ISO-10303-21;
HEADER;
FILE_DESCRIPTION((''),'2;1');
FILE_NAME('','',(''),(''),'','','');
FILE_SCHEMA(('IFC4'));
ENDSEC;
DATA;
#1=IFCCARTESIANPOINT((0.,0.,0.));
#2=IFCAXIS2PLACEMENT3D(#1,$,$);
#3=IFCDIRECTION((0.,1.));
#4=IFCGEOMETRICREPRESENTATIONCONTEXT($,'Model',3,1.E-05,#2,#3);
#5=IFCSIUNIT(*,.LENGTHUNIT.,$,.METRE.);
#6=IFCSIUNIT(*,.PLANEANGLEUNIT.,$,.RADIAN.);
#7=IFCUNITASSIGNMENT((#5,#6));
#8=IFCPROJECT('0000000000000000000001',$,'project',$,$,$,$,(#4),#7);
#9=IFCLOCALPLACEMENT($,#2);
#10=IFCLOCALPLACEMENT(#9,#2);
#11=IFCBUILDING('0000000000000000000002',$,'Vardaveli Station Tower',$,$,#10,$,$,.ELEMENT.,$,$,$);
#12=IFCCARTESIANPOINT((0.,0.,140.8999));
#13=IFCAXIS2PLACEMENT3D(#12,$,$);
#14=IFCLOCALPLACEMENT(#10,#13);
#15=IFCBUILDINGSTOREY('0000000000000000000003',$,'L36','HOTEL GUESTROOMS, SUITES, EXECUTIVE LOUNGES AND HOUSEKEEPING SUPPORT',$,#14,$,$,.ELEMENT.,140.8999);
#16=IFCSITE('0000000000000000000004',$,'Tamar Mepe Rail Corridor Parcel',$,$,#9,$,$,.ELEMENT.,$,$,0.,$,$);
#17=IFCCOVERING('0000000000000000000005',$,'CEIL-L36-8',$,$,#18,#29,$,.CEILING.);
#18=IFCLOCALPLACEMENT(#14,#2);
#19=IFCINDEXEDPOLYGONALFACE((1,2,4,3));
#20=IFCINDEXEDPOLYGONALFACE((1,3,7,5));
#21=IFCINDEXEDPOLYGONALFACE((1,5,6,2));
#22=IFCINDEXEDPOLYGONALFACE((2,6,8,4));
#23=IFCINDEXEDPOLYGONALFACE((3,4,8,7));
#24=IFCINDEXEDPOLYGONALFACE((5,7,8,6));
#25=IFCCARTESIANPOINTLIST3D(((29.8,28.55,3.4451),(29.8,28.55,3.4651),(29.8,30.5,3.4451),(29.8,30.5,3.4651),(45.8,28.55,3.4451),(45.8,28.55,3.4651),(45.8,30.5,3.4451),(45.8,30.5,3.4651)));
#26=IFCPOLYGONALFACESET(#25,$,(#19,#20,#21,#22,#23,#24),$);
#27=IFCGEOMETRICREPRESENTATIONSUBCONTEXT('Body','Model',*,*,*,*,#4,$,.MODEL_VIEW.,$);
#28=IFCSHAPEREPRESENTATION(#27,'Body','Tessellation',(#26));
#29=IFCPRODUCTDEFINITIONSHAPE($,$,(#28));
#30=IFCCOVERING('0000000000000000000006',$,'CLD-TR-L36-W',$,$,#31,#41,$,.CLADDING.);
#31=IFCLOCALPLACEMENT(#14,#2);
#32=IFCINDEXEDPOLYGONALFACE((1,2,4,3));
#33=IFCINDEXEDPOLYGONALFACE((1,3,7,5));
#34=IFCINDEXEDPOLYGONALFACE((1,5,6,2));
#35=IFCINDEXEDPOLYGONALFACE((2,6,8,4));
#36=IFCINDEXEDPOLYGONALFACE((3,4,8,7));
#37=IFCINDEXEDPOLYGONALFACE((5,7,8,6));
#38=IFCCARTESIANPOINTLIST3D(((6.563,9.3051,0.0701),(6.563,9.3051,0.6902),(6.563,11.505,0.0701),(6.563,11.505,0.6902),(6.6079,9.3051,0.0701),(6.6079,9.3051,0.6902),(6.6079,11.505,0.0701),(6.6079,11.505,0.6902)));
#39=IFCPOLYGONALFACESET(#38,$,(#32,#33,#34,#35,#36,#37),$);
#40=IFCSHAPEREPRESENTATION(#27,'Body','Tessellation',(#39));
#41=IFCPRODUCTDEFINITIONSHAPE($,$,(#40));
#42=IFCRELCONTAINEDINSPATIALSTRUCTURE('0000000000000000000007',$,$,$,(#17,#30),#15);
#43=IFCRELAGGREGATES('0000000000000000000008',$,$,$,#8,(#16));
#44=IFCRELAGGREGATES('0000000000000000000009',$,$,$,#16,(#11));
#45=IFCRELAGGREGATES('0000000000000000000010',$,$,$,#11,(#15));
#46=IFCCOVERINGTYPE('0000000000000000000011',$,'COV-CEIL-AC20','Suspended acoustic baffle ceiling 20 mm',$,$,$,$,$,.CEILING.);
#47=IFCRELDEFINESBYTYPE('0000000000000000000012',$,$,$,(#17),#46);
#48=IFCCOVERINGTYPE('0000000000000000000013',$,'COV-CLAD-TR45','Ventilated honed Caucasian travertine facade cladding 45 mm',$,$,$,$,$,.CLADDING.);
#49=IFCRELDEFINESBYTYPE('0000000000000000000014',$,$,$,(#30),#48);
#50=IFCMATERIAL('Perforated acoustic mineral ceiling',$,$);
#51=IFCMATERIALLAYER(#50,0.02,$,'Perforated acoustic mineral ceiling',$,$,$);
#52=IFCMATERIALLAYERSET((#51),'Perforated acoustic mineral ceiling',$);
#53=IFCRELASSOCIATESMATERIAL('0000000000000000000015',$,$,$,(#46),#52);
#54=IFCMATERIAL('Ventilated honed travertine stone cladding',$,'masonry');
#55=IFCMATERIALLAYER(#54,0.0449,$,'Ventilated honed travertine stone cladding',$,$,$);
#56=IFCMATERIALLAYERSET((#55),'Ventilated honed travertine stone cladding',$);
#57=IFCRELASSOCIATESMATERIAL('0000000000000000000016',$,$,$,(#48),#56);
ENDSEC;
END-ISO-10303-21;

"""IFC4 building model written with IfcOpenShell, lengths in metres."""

from ifc_helpers import new_model, si_unit, direction, frame, origin, origin_2d, place, context, subcontext, project, spatial, polyline, rectangle, outline, extrude, source, transform, mapped, material, layer, layer_set, type_object, element, save


model = new_model("IFC4")

# Units and contexts
model_context = context("Model", 3, precision=1e-05, world=origin(), true_north=direction((0.0, 1.0)))
body_context = subcontext(model_context, "Body", "Model", "MODEL_VIEW")
ifc_project = project(units=[si_unit("LENGTHUNIT", "METRE"), si_unit("PLANEANGLEUNIT", "RADIAN")], contexts=[model_context])

# Site, building, storey
site_placement = place(None, origin())
site = spatial("IfcSite", under=ifc_project, at=site_placement, Name="Tamar Mepe Rail Corridor Parcel", CompositionType="ELEMENT", RefElevation=0.0)
building_placement = place(site_placement, origin())
building = spatial("IfcBuilding", under=site, at=building_placement, Name="Vardaveli Station Tower", CompositionType="ELEMENT")
storey_placement = place(building_placement, frame((0.0, 0.0, 140.8999)))
storey = spatial("IfcBuildingStorey", under=building, at=storey_placement, Name="L36", Description="HOTEL GUESTROOMS, SUITES, EXECUTIVE LOUNGES AND HOUSEKEEPING SUPPORT", CompositionType="ELEMENT", Elevation=140.8999)

# Coverings
ifc_material_1 = material(Name="Perforated acoustic mineral ceiling")
ifc_layer_1 = layer(ifc_material_1, 0.02, Name="Perforated acoustic mineral ceiling")
ifc_layer_set_1 = layer_set([ifc_layer_1], Name="Perforated acoustic mineral ceiling")
covering_type_1 = type_object("IfcCoveringType", Name="COV-CEIL-AC20", Description="Suspended acoustic baffle ceiling 20 mm", PredefinedType="CEILING", material=ifc_layer_set_1)
covering_1_placement = place(storey_placement, frame((0.0, 0.0, 3.4451)))
element("IfcCovering", 1, at=covering_1_placement, inside=storey, type_object=covering_type_1, Name="CEIL-L36-8", PredefinedType="CEILING", context=body_context, shape_type="SweptSolid", body=[
    extrude(outline(polyline([(29.8, 28.55), (45.8, 28.55), (45.8, 30.5), (29.8, 30.5), (29.8, 28.55)])), origin(), (0.0, 0.0, 1.0), 0.02),
])
ifc_material_2 = material(Name="Ventilated honed travertine stone cladding", Category="masonry")
ifc_layer_2 = layer(ifc_material_2, 0.0449, Name="Ventilated honed travertine stone cladding")
ifc_layer_set_2 = layer_set([ifc_layer_2], Name="Ventilated honed travertine stone cladding")
covering_type_2 = type_object("IfcCoveringType", Name="COV-CLAD-TR45", Description="Ventilated honed Caucasian travertine facade cladding 45 mm", PredefinedType="CLADDING", material=ifc_layer_set_2)
shared_shape_1 = source(origin(), body_context, "Body", "SweptSolid", [
    extrude(rectangle(XDim=2.2, YDim=0.0449, at=origin_2d()), origin(), (0.0, 0.0, 1.0), 0.6201),
])
covering_2_placement = place(storey_placement, frame((6.5854, 10.405, 0.0701), z_axis=(0.0, 0.0, 1.0), x_axis=(0.0, 1.0, 0.0)))
element("IfcCovering", 2, at=covering_2_placement, inside=storey, type_object=covering_type_2, Name="CLD-TR-L36-W", PredefinedType="CLADDING", context=body_context, shape_type="MappedRepresentation", body=[
    mapped(shared_shape_1, transform((0.0, 0.0, 0.0), scale=1.0)),
])

save(model, "model.ifc")
